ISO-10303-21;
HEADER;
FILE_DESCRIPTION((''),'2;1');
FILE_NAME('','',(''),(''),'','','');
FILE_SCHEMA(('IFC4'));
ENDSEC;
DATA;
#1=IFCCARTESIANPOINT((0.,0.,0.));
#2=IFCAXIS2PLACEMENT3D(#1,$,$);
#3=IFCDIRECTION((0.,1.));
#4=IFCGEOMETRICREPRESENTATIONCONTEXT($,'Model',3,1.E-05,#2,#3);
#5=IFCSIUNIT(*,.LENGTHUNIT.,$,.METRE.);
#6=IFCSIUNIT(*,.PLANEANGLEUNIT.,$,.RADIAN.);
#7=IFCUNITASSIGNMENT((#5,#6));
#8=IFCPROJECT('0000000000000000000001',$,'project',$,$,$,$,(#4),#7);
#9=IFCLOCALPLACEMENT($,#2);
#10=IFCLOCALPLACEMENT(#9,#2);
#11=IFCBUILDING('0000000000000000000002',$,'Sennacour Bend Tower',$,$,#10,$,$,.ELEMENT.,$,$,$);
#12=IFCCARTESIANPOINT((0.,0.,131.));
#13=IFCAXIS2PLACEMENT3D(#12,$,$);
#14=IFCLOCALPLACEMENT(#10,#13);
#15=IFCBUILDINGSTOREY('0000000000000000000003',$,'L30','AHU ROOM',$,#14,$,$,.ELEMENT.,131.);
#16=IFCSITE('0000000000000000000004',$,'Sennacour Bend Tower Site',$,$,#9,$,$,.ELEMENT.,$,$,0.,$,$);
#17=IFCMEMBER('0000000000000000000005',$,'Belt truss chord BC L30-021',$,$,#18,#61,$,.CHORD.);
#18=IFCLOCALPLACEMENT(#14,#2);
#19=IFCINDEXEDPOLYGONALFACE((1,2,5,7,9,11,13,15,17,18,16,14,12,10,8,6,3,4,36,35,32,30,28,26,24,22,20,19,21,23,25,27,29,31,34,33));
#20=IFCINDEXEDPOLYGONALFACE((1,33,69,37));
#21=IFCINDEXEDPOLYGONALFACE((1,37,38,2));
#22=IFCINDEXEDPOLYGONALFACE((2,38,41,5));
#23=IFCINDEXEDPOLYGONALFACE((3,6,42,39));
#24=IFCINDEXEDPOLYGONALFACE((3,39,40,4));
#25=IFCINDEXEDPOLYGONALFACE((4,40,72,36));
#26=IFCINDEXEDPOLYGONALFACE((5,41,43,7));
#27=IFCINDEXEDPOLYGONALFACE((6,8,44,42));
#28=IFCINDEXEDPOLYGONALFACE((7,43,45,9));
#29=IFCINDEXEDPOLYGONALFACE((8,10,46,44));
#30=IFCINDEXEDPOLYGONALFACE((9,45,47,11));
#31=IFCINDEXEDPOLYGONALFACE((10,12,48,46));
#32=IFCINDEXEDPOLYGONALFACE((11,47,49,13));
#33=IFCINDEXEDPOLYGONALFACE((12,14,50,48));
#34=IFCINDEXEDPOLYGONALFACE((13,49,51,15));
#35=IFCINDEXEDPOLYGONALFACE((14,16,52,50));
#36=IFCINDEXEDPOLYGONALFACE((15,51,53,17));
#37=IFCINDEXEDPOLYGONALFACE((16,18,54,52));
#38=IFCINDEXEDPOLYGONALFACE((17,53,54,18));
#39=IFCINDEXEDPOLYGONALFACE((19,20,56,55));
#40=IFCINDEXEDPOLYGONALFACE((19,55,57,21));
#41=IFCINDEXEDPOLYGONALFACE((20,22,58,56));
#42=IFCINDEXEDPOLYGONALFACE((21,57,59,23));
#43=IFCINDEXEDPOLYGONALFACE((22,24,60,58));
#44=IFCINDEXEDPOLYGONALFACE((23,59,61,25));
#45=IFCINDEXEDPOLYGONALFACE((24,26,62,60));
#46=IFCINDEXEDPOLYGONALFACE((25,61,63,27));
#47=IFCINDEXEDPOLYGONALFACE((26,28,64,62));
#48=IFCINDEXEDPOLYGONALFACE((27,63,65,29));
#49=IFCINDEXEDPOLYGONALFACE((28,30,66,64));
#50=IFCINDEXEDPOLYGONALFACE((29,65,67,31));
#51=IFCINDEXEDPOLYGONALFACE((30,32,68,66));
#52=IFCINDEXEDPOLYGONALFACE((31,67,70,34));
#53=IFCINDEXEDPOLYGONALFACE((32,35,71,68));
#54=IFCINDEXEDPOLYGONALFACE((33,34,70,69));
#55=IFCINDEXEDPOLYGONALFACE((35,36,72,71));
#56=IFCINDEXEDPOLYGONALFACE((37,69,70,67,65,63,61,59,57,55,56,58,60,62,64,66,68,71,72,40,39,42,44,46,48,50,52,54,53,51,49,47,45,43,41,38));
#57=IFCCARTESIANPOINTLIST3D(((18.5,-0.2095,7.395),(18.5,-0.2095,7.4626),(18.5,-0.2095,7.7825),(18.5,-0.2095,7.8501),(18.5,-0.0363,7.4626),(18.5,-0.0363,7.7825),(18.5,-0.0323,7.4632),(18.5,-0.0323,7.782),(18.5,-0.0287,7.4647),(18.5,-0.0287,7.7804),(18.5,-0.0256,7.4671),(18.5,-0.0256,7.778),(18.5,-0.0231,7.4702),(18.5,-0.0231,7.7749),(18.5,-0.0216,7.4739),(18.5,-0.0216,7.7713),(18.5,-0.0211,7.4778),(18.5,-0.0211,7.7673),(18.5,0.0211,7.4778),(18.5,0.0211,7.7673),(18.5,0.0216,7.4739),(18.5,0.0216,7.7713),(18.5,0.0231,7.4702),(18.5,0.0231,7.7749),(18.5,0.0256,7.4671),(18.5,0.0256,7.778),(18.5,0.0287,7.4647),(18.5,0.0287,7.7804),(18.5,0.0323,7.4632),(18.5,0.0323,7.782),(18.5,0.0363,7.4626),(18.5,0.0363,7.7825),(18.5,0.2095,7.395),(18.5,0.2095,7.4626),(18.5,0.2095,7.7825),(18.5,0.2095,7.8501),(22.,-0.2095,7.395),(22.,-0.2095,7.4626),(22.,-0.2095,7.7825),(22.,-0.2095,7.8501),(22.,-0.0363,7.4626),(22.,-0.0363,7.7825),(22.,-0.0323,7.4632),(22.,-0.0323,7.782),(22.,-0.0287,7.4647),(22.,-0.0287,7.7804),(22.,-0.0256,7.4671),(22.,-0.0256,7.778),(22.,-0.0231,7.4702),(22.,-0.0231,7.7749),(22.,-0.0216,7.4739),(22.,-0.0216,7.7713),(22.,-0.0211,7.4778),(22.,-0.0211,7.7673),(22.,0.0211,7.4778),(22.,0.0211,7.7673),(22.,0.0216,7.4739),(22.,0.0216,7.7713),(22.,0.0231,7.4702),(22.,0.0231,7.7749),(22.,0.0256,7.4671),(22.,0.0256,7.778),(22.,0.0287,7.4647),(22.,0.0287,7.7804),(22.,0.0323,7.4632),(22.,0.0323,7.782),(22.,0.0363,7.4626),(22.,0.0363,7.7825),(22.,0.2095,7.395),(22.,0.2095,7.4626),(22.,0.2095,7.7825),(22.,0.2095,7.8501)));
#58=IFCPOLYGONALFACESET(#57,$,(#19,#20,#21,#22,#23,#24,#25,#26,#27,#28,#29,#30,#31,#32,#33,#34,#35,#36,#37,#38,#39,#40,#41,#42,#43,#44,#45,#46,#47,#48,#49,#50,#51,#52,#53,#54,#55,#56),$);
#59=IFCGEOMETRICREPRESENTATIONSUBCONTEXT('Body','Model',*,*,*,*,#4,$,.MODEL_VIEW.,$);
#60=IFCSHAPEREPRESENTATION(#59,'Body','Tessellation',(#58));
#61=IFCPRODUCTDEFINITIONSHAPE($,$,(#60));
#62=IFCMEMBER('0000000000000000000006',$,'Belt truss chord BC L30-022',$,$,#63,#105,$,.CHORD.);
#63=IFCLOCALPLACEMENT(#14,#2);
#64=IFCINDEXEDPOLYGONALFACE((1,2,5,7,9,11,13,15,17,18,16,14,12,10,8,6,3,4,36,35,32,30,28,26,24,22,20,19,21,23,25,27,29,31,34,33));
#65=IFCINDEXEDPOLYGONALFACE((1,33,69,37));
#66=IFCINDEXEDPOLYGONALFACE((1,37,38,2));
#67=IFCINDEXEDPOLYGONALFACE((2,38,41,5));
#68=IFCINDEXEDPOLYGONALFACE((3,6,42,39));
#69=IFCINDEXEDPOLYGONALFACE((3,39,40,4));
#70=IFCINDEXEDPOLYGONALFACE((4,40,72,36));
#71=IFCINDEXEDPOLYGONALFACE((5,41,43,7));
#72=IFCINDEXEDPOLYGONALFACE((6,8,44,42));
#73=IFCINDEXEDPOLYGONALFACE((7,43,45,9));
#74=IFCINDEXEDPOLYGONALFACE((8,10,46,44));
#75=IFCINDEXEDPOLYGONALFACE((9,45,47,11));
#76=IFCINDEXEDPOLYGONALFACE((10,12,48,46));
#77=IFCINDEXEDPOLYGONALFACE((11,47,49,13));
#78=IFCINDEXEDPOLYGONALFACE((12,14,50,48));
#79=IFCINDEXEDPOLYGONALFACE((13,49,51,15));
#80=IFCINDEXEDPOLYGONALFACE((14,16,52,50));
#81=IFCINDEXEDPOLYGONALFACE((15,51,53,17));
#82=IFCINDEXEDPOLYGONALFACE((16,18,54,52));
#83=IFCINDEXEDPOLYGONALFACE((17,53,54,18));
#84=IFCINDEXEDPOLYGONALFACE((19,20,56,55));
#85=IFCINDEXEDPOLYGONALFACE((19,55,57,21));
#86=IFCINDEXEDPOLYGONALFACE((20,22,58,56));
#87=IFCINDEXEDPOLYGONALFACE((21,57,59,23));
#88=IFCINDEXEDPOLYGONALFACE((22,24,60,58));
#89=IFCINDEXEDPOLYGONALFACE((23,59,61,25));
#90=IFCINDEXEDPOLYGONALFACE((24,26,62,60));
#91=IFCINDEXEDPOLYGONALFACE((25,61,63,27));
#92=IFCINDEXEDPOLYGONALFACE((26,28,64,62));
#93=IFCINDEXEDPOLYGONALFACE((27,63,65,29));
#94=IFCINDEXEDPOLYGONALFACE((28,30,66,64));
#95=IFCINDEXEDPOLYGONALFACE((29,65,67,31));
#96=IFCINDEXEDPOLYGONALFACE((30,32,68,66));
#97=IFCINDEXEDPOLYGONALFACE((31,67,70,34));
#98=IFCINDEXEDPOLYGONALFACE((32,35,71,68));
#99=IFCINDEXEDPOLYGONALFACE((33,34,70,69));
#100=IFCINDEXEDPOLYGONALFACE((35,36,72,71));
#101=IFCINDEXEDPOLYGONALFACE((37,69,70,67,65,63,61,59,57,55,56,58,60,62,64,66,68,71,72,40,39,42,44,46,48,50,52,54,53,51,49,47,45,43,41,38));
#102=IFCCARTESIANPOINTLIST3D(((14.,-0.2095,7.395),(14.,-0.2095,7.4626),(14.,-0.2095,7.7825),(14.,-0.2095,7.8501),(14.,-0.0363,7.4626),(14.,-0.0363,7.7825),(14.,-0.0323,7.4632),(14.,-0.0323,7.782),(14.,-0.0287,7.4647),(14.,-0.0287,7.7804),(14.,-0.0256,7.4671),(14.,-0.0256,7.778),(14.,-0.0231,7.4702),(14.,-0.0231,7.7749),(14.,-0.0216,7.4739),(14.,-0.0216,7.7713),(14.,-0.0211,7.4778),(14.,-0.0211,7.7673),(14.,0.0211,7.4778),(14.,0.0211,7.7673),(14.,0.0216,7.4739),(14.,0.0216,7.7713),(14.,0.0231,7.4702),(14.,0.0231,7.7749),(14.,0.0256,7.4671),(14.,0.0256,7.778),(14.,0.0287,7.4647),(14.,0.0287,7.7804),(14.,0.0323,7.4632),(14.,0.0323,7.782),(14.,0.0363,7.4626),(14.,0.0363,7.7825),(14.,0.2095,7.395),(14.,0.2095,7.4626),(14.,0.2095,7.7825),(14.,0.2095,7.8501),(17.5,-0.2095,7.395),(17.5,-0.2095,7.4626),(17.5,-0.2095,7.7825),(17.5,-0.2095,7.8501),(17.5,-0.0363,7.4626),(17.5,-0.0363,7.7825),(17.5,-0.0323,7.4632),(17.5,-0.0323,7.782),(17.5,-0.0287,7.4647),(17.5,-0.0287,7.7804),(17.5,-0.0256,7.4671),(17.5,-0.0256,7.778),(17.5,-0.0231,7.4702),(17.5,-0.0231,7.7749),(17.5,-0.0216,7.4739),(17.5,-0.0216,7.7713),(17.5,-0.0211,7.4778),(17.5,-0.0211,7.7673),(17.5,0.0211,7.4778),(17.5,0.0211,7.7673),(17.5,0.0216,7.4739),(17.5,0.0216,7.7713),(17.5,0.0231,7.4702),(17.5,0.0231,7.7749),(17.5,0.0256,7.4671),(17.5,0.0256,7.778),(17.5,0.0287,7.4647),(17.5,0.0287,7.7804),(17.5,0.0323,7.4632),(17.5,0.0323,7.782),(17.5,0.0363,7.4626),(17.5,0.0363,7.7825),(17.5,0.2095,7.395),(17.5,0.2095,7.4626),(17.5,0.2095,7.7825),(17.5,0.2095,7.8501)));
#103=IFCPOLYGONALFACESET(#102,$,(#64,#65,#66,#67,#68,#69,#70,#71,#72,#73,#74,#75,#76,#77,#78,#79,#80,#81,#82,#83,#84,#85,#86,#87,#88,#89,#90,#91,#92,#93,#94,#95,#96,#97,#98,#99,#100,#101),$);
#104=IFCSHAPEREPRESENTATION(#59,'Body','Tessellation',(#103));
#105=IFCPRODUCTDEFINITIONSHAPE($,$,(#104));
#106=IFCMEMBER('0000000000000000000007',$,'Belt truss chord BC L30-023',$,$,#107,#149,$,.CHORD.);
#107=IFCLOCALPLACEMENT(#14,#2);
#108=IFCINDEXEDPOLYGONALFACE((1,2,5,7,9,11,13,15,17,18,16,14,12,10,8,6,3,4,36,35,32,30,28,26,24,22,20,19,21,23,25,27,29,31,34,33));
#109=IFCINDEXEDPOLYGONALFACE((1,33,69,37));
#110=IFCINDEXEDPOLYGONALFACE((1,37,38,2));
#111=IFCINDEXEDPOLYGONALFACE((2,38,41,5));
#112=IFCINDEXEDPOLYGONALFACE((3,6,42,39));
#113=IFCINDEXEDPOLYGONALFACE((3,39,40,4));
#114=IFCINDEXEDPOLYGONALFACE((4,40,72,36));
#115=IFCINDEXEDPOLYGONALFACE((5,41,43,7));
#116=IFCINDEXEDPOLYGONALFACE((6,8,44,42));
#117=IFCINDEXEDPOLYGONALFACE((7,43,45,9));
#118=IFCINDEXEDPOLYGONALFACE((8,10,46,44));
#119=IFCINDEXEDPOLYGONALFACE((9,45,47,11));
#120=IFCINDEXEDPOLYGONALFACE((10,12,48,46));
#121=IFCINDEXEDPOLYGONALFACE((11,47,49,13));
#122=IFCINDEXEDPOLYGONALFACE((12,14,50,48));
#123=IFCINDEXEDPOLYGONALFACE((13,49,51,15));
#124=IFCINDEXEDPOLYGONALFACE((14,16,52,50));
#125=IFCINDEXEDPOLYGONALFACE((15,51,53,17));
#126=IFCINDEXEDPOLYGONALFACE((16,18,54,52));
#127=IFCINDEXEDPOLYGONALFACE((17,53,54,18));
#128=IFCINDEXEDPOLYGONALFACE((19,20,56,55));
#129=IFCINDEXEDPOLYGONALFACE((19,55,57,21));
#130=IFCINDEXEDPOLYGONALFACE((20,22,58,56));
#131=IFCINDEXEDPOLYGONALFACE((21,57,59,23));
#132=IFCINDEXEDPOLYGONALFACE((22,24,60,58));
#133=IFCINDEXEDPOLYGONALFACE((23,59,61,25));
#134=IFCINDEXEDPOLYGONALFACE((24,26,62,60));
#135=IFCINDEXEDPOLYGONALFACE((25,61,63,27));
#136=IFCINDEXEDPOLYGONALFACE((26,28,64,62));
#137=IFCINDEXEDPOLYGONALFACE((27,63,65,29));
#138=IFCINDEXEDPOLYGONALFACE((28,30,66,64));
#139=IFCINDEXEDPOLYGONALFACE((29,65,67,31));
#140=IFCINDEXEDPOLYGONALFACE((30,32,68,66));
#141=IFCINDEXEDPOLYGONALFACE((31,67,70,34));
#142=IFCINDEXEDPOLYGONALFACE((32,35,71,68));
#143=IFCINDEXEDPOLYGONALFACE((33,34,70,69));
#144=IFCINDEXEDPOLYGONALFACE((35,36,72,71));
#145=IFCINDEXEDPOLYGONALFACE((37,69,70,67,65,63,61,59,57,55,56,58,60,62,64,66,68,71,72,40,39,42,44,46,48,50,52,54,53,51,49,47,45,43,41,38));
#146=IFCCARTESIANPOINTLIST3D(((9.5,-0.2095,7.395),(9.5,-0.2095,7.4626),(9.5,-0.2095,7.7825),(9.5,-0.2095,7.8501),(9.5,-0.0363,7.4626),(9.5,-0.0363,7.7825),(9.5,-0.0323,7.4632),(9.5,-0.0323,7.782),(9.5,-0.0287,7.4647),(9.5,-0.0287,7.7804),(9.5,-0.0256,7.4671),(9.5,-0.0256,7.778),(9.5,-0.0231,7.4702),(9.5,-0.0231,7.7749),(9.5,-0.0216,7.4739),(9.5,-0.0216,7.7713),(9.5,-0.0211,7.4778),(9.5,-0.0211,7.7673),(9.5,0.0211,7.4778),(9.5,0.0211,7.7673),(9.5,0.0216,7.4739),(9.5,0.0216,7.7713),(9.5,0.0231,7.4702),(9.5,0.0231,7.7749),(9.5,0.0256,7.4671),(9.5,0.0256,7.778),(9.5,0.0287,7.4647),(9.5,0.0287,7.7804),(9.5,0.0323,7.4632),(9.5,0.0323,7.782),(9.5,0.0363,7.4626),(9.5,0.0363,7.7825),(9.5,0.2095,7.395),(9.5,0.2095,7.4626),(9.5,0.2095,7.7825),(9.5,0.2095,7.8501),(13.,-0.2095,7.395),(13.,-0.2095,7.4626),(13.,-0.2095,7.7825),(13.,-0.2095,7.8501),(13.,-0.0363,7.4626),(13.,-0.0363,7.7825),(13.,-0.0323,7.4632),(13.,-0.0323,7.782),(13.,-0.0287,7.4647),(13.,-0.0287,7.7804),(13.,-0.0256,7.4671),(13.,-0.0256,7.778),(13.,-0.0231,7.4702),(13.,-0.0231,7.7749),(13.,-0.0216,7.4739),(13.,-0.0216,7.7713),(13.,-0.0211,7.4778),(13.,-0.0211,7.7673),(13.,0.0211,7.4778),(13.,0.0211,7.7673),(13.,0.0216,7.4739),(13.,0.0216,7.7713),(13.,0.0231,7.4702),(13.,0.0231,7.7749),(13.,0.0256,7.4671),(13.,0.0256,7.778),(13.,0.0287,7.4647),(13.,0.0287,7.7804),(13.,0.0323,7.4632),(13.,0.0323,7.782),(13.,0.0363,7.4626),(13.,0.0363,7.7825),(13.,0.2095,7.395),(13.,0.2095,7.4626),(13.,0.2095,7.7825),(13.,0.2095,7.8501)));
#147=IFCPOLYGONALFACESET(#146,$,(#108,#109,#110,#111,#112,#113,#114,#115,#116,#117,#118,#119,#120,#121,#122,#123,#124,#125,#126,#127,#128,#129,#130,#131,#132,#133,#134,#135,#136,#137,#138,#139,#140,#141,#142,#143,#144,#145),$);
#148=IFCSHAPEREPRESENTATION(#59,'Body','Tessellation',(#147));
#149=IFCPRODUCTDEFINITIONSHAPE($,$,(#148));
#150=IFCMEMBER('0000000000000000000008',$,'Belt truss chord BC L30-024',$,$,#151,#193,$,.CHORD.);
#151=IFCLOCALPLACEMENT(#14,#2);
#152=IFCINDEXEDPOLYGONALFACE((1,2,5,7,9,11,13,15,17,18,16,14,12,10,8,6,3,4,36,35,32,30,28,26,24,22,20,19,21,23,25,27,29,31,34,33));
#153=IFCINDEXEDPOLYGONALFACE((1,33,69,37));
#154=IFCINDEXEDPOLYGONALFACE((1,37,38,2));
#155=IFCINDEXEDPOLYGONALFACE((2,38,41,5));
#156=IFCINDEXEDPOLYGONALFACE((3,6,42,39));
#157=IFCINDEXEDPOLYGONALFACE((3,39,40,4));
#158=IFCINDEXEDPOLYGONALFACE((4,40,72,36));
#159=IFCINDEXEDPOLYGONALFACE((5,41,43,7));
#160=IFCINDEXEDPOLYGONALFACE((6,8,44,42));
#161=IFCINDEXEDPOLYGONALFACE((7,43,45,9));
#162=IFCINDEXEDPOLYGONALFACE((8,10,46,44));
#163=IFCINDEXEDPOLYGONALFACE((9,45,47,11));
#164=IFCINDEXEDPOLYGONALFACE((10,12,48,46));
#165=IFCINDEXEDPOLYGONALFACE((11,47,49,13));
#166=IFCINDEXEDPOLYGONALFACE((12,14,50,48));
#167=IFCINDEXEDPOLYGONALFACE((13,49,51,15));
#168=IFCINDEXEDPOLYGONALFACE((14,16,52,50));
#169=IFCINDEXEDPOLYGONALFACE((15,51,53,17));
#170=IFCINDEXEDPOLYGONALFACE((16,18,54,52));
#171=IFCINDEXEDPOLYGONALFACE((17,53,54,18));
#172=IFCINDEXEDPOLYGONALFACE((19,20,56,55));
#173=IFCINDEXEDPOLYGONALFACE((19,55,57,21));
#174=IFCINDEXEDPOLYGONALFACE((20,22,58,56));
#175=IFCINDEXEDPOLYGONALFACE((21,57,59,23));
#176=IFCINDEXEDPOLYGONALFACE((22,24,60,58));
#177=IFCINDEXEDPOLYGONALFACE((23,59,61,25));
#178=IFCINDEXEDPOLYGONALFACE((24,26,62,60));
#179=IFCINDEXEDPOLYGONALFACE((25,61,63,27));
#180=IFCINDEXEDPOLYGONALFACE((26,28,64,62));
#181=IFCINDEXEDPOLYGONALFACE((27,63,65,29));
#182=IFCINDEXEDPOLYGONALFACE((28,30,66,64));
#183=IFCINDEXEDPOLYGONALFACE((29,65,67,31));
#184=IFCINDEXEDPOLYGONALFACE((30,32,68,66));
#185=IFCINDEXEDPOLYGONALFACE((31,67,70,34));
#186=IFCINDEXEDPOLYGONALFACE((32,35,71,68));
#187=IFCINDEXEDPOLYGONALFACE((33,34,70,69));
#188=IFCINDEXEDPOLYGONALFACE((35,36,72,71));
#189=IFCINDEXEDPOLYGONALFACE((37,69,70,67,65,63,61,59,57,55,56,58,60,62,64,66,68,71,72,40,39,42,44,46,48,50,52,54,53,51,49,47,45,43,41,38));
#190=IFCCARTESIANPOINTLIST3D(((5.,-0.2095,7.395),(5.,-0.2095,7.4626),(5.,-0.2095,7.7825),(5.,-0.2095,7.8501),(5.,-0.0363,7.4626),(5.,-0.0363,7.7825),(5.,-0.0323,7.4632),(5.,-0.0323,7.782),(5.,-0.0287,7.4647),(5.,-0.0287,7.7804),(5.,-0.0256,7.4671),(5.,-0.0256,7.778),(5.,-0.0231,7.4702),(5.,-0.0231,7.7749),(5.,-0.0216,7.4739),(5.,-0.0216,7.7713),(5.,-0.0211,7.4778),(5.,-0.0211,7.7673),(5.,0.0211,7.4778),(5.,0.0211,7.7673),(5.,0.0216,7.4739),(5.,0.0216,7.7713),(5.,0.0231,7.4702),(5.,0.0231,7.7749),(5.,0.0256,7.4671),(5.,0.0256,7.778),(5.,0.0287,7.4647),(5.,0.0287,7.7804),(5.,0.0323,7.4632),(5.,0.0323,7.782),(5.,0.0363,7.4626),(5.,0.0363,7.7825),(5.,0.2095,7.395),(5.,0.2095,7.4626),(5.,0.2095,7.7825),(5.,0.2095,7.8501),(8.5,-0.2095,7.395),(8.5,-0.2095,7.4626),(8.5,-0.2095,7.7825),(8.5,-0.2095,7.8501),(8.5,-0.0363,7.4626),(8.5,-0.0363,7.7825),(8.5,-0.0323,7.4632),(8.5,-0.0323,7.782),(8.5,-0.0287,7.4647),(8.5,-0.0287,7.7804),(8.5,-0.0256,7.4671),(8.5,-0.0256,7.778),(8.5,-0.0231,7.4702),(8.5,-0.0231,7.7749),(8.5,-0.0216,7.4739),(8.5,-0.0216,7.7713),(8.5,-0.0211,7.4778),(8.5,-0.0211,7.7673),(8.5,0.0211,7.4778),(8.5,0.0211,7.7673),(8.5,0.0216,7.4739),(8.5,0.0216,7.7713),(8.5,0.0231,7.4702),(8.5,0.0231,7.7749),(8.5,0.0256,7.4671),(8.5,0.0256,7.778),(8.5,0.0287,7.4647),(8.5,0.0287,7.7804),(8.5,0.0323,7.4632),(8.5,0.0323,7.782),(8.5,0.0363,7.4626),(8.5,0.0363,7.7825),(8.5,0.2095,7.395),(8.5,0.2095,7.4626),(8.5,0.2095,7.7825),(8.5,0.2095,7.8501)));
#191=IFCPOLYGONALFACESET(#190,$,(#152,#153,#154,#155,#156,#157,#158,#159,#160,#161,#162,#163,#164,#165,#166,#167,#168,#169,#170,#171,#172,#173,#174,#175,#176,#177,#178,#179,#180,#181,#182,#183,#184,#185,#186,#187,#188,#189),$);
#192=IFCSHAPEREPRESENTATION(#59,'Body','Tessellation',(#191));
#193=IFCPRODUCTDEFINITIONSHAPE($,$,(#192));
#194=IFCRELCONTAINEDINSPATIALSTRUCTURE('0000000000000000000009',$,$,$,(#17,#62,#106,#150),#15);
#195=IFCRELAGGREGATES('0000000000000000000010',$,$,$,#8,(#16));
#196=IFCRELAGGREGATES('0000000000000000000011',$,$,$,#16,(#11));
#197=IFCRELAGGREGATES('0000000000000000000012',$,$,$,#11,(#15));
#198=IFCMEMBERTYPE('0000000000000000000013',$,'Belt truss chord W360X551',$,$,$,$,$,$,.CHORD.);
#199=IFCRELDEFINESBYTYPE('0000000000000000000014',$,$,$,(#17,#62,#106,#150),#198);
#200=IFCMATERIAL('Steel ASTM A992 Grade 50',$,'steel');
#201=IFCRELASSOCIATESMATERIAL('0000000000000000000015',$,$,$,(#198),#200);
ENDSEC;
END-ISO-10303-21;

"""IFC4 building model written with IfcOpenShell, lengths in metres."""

from ifc_helpers import new_model, si_unit, direction, frame, origin, origin_2d, place, context, subcontext, project, spatial, i_section, extrude, material, material_profile, profile_set, type_object, element, save


model = new_model("IFC4")

# Units and contexts
model_context = context("Model", 3, precision=1e-05, world=origin(), true_north=direction((0.0, 1.0)))
body_context = subcontext(model_context, "Body", "Model", "MODEL_VIEW")
ifc_project = project(units=[si_unit("LENGTHUNIT", "METRE"), si_unit("PLANEANGLEUNIT", "RADIAN")], contexts=[model_context])

# Site, building, storey
site_placement = place(None, origin())
site = spatial("IfcSite", under=ifc_project, at=site_placement, Name="Sennacour Bend Tower Site", CompositionType="ELEMENT", RefElevation=0.0)
building_placement = place(site_placement, origin())
building = spatial("IfcBuilding", under=site, at=building_placement, Name="Sennacour Bend Tower", CompositionType="ELEMENT")
storey_placement = place(building_placement, frame((0.0, 0.0, 131.0)))
storey = spatial("IfcBuildingStorey", under=building, at=storey_placement, Name="L30", Description="AHU ROOM", CompositionType="ELEMENT", Elevation=131.0)

# Members
ifc_material_1 = material(Name="Steel ASTM A992 Grade 50", Category="steel")
ifc_material_profile_1 = material_profile(ifc_material_1, i_section(OverallWidth=0.4189, OverallDepth=0.4551, WebThickness=0.0422, FlangeThickness=0.0676, FilletRadius=0.0151, at=origin_2d()), Name="Steel ASTM A992 Grade 50", Category="steel")
ifc_profile_set_1 = profile_set([ifc_material_profile_1], Name="Steel ASTM A992 Grade 50")
member_type_1 = type_object("IfcMemberType", Name="Belt truss chord W360X551", PredefinedType="CHORD", material=ifc_profile_set_1)
for number, where, z_axis, x_axis, name in (
    (1, (22.0, 0.0, 7.6226), (-1.0, 0.0, 0.0), (0.0, -1.0, 0.0), "Belt truss chord BC L30-021"),
    (2, (17.5, 0.0, 7.6226), (-1.0, 0.0, 0.0), (0.0, -1.0, 0.0), "Belt truss chord BC L30-022"),
    (3, (13.0, 0.0, 7.6226), (-1.0, 0.0, 0.0), (0.0, -1.0, 0.0), "Belt truss chord BC L30-023"),
    (4, (8.5, 0.0, 7.6226), (-1.0, 0.0, 0.0), (0.0, -1.0, 0.0), "Belt truss chord BC L30-024"),
):
    element("IfcMember", number, at=place(storey_placement, frame(where, z_axis=z_axis, x_axis=x_axis)), inside=storey, type_object=member_type_1, Name=name, PredefinedType="CHORD", context=body_context, shape_type="SweptSolid", body=[
        extrude(i_section(OverallWidth=0.4189, OverallDepth=0.4551, WebThickness=0.0422, FlangeThickness=0.0676, FilletRadius=0.0151, at=origin_2d()), origin(), (0.0, 0.0, 1.0), 3.5),
    ])

save(model, "model.ifc")
